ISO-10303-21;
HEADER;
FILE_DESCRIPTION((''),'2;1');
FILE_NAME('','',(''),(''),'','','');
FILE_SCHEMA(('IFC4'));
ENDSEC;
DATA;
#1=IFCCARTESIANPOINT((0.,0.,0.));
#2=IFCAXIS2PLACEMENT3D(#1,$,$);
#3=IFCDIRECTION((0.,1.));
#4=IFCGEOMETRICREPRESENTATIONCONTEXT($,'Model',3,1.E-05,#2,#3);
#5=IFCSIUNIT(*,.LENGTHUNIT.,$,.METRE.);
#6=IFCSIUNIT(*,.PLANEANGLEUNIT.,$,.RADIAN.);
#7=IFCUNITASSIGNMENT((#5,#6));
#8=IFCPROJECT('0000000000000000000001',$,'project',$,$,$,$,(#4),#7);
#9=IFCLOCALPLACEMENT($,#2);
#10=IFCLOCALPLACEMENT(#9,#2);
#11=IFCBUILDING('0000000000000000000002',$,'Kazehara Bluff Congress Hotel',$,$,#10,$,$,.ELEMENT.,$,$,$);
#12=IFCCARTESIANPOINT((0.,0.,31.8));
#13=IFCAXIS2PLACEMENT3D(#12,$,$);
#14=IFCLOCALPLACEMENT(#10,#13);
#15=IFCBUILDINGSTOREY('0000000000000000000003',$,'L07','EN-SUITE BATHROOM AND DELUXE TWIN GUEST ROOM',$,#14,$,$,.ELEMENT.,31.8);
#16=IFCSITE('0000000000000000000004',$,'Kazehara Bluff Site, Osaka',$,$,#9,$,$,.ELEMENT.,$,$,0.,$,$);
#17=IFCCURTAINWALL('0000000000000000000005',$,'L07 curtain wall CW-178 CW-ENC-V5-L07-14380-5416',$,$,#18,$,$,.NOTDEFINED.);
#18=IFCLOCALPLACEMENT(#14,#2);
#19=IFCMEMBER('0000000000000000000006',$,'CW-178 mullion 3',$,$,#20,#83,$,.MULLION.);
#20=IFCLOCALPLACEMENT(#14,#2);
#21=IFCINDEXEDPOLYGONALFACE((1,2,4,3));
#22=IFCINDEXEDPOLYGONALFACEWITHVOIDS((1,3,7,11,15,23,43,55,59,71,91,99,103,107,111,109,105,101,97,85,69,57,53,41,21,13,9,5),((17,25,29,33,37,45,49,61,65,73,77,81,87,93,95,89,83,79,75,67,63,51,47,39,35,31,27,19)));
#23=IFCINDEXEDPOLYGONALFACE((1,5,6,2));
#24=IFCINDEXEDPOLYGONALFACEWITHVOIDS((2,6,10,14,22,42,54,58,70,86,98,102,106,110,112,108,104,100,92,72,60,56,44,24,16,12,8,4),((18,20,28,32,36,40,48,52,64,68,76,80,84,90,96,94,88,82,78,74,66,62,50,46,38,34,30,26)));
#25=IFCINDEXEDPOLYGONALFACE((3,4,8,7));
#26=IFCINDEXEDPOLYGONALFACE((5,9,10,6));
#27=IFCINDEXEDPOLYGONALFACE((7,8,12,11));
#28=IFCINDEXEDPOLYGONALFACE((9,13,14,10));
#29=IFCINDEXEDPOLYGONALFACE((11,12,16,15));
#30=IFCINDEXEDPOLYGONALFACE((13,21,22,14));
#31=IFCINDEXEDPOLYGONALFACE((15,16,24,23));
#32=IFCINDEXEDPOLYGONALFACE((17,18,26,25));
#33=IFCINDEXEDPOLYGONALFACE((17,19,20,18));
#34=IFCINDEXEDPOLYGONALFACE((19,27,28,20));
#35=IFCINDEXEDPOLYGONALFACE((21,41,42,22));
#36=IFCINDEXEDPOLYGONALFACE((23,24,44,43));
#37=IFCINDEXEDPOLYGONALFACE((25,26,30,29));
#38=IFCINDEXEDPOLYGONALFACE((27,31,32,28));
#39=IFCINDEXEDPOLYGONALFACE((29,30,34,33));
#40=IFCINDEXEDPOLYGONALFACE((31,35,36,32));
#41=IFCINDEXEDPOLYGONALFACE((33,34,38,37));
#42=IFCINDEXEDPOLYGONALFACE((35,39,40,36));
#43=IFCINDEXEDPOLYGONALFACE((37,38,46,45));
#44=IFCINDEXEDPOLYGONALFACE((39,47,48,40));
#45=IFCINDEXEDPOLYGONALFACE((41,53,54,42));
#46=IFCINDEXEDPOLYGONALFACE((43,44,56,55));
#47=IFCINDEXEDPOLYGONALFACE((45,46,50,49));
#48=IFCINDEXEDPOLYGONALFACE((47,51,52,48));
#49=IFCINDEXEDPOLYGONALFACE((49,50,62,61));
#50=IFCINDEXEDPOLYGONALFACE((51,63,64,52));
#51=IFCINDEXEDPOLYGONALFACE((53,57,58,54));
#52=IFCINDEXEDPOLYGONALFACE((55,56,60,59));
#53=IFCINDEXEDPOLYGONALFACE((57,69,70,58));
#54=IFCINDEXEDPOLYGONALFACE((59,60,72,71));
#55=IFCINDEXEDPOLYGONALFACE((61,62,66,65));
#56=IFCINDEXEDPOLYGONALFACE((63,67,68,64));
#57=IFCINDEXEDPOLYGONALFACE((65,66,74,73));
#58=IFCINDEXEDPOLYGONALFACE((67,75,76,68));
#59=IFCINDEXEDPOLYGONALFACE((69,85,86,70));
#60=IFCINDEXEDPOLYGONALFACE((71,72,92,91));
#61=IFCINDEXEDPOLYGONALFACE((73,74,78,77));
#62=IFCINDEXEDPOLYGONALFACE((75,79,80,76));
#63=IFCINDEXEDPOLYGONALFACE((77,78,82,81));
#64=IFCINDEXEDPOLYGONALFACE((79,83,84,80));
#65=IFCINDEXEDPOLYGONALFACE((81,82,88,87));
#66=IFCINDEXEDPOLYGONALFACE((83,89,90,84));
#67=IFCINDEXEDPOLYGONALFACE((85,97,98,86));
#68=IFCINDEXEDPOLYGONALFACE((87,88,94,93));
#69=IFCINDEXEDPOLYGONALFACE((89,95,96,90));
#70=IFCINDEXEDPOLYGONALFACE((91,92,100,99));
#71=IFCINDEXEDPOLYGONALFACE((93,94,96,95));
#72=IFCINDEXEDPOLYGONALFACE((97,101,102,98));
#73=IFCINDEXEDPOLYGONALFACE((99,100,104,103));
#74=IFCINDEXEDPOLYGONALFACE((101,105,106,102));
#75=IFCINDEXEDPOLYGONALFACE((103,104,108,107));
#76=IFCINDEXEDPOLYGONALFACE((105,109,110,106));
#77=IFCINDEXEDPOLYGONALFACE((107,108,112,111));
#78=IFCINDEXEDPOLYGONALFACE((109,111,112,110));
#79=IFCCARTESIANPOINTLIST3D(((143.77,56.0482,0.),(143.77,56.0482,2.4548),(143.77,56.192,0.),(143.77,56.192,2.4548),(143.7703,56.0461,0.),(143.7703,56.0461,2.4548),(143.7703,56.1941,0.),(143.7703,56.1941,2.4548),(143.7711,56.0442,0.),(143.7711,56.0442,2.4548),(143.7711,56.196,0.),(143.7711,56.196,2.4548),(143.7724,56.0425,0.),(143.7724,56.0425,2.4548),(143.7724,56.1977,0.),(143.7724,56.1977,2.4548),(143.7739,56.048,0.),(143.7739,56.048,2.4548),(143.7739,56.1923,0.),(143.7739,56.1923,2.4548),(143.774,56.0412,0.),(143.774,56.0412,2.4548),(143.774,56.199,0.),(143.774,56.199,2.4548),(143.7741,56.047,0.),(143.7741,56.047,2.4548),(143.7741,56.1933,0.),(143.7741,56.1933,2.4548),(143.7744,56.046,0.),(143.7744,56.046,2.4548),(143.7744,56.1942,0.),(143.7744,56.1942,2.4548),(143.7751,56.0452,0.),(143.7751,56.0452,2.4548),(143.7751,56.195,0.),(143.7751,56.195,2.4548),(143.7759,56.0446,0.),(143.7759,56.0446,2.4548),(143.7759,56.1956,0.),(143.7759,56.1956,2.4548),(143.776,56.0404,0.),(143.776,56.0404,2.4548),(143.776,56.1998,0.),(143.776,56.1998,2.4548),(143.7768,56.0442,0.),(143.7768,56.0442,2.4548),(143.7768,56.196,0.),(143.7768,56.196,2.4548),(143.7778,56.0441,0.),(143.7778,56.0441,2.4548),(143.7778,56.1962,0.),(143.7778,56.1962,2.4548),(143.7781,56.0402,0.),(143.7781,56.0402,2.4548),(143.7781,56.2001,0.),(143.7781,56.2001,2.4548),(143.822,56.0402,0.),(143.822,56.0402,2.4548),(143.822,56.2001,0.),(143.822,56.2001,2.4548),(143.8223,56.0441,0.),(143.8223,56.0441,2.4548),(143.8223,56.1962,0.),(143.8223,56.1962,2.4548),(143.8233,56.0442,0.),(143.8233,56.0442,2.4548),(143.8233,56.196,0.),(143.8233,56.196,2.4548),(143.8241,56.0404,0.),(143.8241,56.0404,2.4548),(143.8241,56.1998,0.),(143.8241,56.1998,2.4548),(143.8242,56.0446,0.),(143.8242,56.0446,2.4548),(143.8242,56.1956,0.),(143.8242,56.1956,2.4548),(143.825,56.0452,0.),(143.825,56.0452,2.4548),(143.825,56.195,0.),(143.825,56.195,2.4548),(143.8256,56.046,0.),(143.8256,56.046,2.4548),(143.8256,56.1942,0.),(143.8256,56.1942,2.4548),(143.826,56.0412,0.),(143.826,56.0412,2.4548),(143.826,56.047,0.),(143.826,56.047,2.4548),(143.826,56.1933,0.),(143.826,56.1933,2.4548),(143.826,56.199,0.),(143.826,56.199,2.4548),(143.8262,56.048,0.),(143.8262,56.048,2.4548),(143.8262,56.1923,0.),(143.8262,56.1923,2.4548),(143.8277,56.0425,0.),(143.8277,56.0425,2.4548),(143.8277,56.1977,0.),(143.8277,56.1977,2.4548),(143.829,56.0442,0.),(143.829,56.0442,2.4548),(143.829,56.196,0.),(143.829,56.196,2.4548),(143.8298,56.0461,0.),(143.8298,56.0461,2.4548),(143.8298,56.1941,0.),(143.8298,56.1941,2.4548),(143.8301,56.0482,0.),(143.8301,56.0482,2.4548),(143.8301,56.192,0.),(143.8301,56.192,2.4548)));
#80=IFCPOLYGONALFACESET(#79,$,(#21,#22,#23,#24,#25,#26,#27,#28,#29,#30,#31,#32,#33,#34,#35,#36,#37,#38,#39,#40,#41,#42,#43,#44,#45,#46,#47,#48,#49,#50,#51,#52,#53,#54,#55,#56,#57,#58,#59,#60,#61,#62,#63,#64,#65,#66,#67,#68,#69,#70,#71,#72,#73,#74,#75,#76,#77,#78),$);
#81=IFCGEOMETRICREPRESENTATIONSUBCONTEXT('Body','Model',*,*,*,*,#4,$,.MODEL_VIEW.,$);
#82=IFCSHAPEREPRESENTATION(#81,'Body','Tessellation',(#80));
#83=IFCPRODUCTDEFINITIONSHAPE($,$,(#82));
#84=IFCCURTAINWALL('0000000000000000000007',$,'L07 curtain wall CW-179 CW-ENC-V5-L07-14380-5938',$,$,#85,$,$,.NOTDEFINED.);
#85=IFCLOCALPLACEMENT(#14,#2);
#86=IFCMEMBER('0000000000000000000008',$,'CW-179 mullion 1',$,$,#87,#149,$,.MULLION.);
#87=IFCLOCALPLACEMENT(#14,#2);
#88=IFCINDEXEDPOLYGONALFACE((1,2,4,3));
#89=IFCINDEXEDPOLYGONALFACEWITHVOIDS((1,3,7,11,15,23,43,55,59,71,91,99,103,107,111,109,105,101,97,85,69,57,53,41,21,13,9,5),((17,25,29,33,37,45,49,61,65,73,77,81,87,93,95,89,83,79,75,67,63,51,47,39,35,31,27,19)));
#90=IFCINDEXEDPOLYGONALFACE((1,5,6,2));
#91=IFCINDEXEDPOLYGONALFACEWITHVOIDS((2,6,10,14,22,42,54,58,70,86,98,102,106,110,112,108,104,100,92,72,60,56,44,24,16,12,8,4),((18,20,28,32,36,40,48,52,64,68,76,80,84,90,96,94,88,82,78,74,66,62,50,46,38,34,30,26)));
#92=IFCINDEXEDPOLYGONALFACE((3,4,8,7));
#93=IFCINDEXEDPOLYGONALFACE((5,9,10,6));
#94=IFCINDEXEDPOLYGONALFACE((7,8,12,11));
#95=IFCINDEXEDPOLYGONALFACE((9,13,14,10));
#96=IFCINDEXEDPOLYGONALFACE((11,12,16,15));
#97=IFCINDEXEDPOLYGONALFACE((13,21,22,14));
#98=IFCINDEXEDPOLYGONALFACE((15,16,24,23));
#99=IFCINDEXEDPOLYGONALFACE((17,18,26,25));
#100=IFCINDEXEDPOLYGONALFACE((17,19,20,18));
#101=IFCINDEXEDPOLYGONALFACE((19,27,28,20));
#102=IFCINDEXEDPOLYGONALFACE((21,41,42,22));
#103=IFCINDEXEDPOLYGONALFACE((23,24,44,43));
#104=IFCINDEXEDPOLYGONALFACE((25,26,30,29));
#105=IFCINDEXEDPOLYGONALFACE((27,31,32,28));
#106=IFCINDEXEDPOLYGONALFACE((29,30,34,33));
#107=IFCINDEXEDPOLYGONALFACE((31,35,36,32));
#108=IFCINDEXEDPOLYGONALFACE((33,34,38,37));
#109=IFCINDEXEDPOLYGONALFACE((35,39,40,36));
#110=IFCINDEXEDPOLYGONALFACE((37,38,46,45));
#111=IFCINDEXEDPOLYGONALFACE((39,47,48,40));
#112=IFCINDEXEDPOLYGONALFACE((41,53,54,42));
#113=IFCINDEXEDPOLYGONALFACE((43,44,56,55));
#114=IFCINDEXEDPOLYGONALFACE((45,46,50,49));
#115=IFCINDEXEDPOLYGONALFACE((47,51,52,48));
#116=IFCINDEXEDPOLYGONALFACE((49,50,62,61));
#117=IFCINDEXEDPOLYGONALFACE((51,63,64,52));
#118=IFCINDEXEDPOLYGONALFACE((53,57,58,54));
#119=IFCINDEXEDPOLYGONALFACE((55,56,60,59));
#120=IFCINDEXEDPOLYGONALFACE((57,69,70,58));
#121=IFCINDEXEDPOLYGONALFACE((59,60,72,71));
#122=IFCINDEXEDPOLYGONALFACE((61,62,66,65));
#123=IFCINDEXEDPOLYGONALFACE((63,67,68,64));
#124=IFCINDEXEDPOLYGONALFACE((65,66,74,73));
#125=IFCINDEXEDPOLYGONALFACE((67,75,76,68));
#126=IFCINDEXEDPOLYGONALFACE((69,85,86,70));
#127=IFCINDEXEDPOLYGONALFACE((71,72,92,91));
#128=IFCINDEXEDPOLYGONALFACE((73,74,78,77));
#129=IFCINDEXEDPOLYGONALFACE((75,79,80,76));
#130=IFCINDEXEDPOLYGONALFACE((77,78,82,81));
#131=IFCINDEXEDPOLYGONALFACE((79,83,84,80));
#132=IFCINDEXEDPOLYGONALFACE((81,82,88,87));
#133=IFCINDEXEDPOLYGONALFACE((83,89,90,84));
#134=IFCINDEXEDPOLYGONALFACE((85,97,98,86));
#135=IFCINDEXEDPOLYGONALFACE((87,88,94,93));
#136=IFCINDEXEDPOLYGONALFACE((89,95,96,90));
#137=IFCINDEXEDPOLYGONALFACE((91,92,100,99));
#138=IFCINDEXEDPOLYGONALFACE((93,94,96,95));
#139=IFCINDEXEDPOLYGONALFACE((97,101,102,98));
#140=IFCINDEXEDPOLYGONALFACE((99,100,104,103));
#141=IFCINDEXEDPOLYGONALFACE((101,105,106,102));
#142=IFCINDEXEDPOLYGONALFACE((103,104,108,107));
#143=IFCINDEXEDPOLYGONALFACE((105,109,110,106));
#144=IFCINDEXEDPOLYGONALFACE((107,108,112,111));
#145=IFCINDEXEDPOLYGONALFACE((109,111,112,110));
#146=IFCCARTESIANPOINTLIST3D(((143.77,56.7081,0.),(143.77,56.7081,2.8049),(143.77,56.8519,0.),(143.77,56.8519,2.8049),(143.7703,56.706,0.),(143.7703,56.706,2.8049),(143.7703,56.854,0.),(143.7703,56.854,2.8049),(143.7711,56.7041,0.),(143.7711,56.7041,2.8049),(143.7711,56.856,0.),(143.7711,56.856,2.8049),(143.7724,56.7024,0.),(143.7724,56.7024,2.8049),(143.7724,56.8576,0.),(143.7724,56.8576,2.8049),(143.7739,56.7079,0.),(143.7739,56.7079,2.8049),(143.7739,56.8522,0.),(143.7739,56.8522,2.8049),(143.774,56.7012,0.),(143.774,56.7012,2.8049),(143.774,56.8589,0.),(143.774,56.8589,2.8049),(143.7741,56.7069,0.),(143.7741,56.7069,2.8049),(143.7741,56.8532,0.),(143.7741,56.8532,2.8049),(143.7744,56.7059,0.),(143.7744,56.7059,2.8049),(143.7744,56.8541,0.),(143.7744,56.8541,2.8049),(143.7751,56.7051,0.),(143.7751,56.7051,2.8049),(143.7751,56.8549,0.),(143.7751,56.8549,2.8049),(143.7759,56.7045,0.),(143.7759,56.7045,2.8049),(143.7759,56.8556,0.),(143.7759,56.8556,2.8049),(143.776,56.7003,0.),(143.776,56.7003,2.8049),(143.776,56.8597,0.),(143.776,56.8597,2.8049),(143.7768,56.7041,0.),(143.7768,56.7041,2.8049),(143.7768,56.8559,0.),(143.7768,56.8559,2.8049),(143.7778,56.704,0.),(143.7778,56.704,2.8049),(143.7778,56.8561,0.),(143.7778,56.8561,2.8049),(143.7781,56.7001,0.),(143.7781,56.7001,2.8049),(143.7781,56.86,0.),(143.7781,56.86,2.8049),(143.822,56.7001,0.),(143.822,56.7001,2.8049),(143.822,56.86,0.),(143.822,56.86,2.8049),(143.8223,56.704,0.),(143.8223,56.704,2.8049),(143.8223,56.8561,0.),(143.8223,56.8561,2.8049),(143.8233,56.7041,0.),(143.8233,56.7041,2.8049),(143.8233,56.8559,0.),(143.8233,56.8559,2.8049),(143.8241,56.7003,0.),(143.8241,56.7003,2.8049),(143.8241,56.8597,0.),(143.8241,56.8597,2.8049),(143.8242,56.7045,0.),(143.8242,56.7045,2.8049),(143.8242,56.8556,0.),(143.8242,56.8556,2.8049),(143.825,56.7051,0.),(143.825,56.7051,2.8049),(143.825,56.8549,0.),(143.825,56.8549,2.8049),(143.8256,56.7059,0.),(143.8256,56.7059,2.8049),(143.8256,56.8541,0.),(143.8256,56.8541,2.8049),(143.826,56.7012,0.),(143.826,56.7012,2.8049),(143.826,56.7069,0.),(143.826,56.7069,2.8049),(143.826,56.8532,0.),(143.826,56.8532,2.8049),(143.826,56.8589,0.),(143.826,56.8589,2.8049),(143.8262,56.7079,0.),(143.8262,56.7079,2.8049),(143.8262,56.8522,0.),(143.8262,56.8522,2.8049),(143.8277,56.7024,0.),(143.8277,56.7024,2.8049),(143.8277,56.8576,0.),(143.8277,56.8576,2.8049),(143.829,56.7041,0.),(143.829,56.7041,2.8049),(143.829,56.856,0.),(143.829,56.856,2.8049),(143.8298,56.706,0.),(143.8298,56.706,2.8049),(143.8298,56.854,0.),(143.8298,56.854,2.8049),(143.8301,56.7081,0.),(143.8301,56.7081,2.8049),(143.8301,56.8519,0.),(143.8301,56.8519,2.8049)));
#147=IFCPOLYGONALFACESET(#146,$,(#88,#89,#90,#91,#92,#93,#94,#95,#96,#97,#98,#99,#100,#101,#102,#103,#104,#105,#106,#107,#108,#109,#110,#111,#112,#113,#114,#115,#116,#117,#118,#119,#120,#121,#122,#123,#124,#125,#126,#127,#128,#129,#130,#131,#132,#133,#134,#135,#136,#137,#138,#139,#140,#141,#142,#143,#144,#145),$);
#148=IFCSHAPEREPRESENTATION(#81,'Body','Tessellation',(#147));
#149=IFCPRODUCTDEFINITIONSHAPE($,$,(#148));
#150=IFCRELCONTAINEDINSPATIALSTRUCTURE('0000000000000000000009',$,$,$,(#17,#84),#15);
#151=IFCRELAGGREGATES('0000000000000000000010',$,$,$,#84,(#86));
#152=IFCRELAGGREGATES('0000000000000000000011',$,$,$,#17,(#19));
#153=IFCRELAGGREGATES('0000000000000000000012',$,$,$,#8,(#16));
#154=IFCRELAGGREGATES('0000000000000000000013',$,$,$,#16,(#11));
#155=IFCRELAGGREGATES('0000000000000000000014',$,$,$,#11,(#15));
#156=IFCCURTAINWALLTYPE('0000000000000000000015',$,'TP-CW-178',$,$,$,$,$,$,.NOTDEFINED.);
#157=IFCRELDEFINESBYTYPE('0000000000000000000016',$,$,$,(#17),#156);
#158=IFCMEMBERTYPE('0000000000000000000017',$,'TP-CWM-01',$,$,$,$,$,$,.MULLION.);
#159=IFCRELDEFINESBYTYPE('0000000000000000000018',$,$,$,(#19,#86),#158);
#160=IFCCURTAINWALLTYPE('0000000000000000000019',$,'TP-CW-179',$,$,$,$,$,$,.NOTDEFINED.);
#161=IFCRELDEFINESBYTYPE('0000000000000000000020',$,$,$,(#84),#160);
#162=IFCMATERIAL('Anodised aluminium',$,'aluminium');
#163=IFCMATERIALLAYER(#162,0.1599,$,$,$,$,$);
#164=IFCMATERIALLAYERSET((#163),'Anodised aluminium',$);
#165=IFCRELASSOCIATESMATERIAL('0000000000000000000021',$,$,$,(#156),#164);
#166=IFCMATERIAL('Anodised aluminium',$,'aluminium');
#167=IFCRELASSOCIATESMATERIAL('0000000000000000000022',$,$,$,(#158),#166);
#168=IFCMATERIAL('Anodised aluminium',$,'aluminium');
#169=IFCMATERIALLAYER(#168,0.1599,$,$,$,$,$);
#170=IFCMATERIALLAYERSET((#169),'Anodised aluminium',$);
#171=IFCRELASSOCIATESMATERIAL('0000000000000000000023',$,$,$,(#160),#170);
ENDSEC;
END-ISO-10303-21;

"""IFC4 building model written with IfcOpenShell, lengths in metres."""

from ifc_helpers import new_model, si_unit, direction, frame, origin, origin_2d, place, context, subcontext, project, spatial, hollow_rectangle, extrude, material, layer, layer_set, material_profile, profile_set, type_object, element, aggregate, save


model = new_model("IFC4")

# Units and contexts
model_context = context("Model", 3, precision=1e-05, world=origin(), true_north=direction((0.0, 1.0)))
body_context = subcontext(model_context, "Body", "Model", "MODEL_VIEW")
ifc_project = project(units=[si_unit("LENGTHUNIT", "METRE"), si_unit("PLANEANGLEUNIT", "RADIAN")], contexts=[model_context])

# Site, building, storey
site_placement = place(None, origin())
site = spatial("IfcSite", under=ifc_project, at=site_placement, Name="Kazehara Bluff Site, Osaka", CompositionType="ELEMENT", RefElevation=0.0)
building_placement = place(site_placement, origin())
building = spatial("IfcBuilding", under=site, at=building_placement, Name="Kazehara Bluff Congress Hotel", CompositionType="ELEMENT")
storey_placement = place(building_placement, frame((0.0, 0.0, 31.8)))
storey = spatial("IfcBuildingStorey", under=building, at=storey_placement, Name="L07", Description="EN-SUITE BATHROOM AND DELUXE TWIN GUEST ROOM", CompositionType="ELEMENT", Elevation=31.8)

# Curtain wall, member
ifc_material_1 = material(Name="Anodised aluminium", Category="aluminium")
ifc_layer_1 = layer(ifc_material_1, 0.1599)
ifc_layer_set_1 = layer_set([ifc_layer_1], Name="Anodised aluminium")
curtain_wall_type_1 = type_object("IfcCurtainWallType", Name="TP-CW-178", PredefinedType="NOTDEFINED", material=ifc_layer_set_1)
curtain_wall_1_placement = place(storey_placement, origin())
curtain_wall_1 = element("IfcCurtainWall", 1, at=curtain_wall_1_placement, inside=storey, type_object=curtain_wall_type_1, Name="L07 curtain wall CW-178 CW-ENC-V5-L07-14380-5416", PredefinedType="NOTDEFINED")
ifc_material_2 = material(Name="Anodised aluminium", Category="aluminium")
ifc_material_profile_1 = material_profile(ifc_material_2, hollow_rectangle(XDim=0.0601, YDim=0.1599, WallThickness=0.0039, InnerFilletRadius=0.0039, OuterFilletRadius=0.0081, at=origin_2d()))
ifc_profile_set_1 = profile_set([ifc_material_profile_1], Name="Anodised aluminium")
member_type_1 = type_object("IfcMemberType", Name="TP-CWM-01", PredefinedType="MULLION", material=ifc_profile_set_1)
member_1_placement = place(storey_placement, frame((143.8, 56.1201, 0.0), z_axis=(0.0, 0.0, 1.0), x_axis=(-1.0, 0.0, 0.0)))
member_1 = element("IfcMember", 2, at=member_1_placement, type_object=member_type_1, Name="CW-178 mullion 3", PredefinedType="MULLION", context=body_context, shape_type="SweptSolid", body=[
    extrude(hollow_rectangle(XDim=0.0601, YDim=0.1599, WallThickness=0.0039, InnerFilletRadius=0.0039, OuterFilletRadius=0.0081, at=origin_2d()), origin(), (0.0, 0.0, 1.0), 2.4548),
])

# Curtain wall, member
ifc_material_3 = material(Name="Anodised aluminium", Category="aluminium")
ifc_layer_2 = layer(ifc_material_3, 0.1599)
ifc_layer_set_2 = layer_set([ifc_layer_2], Name="Anodised aluminium")
curtain_wall_type_2 = type_object("IfcCurtainWallType", Name="TP-CW-179", PredefinedType="NOTDEFINED", material=ifc_layer_set_2)
curtain_wall_2_placement = place(storey_placement, origin())
curtain_wall_2 = element("IfcCurtainWall", 3, at=curtain_wall_2_placement, inside=storey, type_object=curtain_wall_type_2, Name="L07 curtain wall CW-179 CW-ENC-V5-L07-14380-5938", PredefinedType="NOTDEFINED")
member_2_placement = place(storey_placement, frame((143.8, 56.78, 0.0), z_axis=(0.0, 0.0, 1.0), x_axis=(-1.0, 0.0, 0.0)))
member_2 = element("IfcMember", 4, at=member_2_placement, type_object=member_type_1, Name="CW-179 mullion 1", PredefinedType="MULLION", context=body_context, shape_type="SweptSolid", body=[
    extrude(hollow_rectangle(XDim=0.0601, YDim=0.1599, WallThickness=0.0039, InnerFilletRadius=0.0039, OuterFilletRadius=0.0081, at=origin_2d()), origin(), (0.0, 0.0, 1.0), 2.8049),
])

aggregate(curtain_wall_2, [member_2])
aggregate(curtain_wall_1, [member_1])

save(model, "model.ifc")
